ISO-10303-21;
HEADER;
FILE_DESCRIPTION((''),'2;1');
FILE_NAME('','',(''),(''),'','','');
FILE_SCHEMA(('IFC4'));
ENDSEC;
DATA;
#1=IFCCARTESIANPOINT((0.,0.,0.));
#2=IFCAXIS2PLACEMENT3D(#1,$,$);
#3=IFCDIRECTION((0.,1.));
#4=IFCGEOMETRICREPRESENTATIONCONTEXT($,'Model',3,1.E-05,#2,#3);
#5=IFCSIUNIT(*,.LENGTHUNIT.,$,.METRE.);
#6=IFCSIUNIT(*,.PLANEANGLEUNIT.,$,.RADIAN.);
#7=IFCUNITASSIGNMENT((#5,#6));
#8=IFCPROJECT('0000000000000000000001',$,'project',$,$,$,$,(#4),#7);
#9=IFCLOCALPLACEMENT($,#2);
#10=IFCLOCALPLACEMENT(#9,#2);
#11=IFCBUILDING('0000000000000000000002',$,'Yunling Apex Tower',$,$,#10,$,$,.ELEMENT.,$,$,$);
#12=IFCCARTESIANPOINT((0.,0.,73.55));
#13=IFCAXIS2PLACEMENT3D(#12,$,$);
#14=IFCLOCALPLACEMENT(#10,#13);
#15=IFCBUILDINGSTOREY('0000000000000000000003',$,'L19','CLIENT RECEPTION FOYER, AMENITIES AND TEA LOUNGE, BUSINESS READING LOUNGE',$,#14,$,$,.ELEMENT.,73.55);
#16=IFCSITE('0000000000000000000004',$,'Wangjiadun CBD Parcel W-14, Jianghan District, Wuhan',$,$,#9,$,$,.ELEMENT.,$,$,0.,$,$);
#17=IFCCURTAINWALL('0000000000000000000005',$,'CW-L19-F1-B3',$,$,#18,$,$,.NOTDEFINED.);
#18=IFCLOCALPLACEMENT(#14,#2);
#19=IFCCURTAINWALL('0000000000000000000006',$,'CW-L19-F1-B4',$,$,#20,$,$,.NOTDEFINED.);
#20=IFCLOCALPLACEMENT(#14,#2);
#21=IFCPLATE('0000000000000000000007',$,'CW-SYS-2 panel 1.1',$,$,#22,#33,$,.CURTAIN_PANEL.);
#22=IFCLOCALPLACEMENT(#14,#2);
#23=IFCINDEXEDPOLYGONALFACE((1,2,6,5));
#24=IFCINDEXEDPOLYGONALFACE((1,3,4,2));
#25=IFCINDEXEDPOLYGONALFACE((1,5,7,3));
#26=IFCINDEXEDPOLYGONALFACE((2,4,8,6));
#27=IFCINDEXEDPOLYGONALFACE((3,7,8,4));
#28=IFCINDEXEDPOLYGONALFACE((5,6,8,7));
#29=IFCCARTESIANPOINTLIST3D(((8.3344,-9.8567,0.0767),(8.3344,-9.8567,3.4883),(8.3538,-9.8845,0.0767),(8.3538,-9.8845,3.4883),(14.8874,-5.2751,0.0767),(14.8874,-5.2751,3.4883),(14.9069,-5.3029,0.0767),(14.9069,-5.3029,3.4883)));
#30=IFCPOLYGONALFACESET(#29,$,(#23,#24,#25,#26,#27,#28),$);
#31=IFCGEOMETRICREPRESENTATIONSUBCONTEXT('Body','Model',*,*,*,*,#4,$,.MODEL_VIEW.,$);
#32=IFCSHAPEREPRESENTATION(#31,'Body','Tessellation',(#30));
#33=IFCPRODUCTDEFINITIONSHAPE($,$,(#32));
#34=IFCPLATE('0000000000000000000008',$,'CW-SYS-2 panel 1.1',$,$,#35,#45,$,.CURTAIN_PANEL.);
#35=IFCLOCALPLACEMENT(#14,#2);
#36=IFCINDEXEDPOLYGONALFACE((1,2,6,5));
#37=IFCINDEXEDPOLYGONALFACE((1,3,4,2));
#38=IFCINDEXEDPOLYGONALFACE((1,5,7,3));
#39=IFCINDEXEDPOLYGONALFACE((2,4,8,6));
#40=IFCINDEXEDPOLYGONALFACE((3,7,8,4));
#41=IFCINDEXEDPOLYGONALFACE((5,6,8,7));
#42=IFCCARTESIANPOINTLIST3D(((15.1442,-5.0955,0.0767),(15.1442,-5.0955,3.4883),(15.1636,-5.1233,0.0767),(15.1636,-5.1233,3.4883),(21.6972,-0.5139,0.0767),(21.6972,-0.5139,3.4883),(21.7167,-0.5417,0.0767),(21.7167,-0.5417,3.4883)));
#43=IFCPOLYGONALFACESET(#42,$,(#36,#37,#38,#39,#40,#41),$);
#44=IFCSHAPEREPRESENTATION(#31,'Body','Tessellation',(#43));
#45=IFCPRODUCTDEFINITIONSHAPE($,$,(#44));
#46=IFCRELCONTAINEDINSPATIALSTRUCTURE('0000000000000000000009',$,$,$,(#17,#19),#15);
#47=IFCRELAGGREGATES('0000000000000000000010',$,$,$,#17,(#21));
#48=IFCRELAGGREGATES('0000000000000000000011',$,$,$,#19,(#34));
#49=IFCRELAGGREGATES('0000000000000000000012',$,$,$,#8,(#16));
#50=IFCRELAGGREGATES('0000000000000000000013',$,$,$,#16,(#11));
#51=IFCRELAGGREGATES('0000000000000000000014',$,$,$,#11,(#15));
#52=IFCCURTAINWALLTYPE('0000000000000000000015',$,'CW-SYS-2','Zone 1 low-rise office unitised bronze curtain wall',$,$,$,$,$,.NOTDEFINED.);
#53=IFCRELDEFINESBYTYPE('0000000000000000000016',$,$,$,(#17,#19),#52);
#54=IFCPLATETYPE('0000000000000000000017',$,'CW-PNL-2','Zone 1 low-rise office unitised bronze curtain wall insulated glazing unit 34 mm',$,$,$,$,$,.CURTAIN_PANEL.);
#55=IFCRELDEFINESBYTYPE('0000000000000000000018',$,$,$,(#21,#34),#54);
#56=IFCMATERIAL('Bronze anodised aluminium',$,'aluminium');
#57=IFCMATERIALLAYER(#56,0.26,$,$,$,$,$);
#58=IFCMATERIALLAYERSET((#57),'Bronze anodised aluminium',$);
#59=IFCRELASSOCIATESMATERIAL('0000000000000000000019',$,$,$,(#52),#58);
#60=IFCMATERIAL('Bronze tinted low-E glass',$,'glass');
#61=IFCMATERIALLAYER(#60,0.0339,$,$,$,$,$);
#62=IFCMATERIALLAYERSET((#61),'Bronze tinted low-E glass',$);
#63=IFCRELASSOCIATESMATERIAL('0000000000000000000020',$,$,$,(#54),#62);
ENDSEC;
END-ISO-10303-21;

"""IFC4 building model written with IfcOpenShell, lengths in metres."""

from ifc_helpers import new_model, si_unit, direction, frame, origin, origin_2d, place, context, subcontext, project, spatial, rectangle, extrude, source, transform, mapped, material, layer, layer_set, type_object, element, aggregate, save


model = new_model("IFC4")

# Units and contexts
model_context = context("Model", 3, precision=1e-05, world=origin(), true_north=direction((0.0, 1.0)))
body_context = subcontext(model_context, "Body", "Model", "MODEL_VIEW")
ifc_project = project(units=[si_unit("LENGTHUNIT", "METRE"), si_unit("PLANEANGLEUNIT", "RADIAN")], contexts=[model_context])

# Site, building, storey
site_placement = place(None, origin())
site = spatial("IfcSite", under=ifc_project, at=site_placement, Name="Wangjiadun CBD Parcel W-14, Jianghan District, Wuhan", CompositionType="ELEMENT", RefElevation=0.0)
building_placement = place(site_placement, origin())
building = spatial("IfcBuilding", under=site, at=building_placement, Name="Yunling Apex Tower", CompositionType="ELEMENT")
storey_placement = place(building_placement, frame((0.0, 0.0, 73.55)))
storey = spatial("IfcBuildingStorey", under=building, at=storey_placement, Name="L19", Description="CLIENT RECEPTION FOYER, AMENITIES AND TEA LOUNGE, BUSINESS READING LOUNGE", CompositionType="ELEMENT", Elevation=73.55)

# Curtain wall
ifc_material_1 = material(Name="Bronze anodised aluminium", Category="aluminium")
ifc_layer_1 = layer(ifc_material_1, 0.26)
ifc_layer_set_1 = layer_set([ifc_layer_1], Name="Bronze anodised aluminium")
curtain_wall_type = type_object("IfcCurtainWallType", Name="CW-SYS-2", Description="Zone 1 low-rise office unitised bronze curtain wall", PredefinedType="NOTDEFINED", material=ifc_layer_set_1)
curtain_wall_1_placement = place(storey_placement, origin())
curtain_wall_1 = element("IfcCurtainWall", 1, at=curtain_wall_1_placement, inside=storey, type_object=curtain_wall_type, Name="CW-L19-F1-B3", PredefinedType="NOTDEFINED")

# Curtain wall
curtain_wall_2_placement = place(storey_placement, origin())
curtain_wall_2 = element("IfcCurtainWall", 2, at=curtain_wall_2_placement, inside=storey, type_object=curtain_wall_type, Name="CW-L19-F1-B4", PredefinedType="NOTDEFINED")

# Plates
ifc_material_2 = material(Name="Bronze tinted low-E glass", Category="glass")
ifc_layer_2 = layer(ifc_material_2, 0.0339)
ifc_layer_set_2 = layer_set([ifc_layer_2], Name="Bronze tinted low-E glass")
plate_type = type_object("IfcPlateType", Name="CW-PNL-2", Description="Zone 1 low-rise office unitised bronze curtain wall insulated glazing unit 34 mm", PredefinedType="CURTAIN_PANEL", material=ifc_layer_set_2)
shared_shape_1 = source(origin(), body_context, "Body", "SweptSolid", [
    extrude(rectangle(XDim=7.9958, YDim=0.0339, at=origin_2d()), origin(), (0.0, 0.0, 1.0), 3.4116),
])
plate_1_placement = place(storey_placement, frame((11.6206, -7.5798, 0.0767), z_axis=(0.0, 0.0, 1.0), x_axis=(0.819558, 0.572996, 0.0)))
plate_1 = element("IfcPlate", 3, at=plate_1_placement, type_object=plate_type, Name="CW-SYS-2 panel 1.1", PredefinedType="CURTAIN_PANEL", context=body_context, shape_type="MappedRepresentation", body=[
    mapped(shared_shape_1, transform((0.0, 0.0, 0.0), scale=1.0)),
])
aggregate(curtain_wall_1, [plate_1])
plate_2_placement = place(storey_placement, frame((18.4304, -2.8186, 0.0767), z_axis=(0.0, 0.0, 1.0), x_axis=(0.819552, 0.573004, 0.0)))
plate_2 = element("IfcPlate", 4, at=plate_2_placement, type_object=plate_type, Name="CW-SYS-2 panel 1.1", PredefinedType="CURTAIN_PANEL", context=body_context, shape_type="MappedRepresentation", body=[
    mapped(shared_shape_1, transform((0.0, 0.0, 0.0), scale=1.0)),
])
aggregate(curtain_wall_2, [plate_2])

save(model, "model.ifc")
